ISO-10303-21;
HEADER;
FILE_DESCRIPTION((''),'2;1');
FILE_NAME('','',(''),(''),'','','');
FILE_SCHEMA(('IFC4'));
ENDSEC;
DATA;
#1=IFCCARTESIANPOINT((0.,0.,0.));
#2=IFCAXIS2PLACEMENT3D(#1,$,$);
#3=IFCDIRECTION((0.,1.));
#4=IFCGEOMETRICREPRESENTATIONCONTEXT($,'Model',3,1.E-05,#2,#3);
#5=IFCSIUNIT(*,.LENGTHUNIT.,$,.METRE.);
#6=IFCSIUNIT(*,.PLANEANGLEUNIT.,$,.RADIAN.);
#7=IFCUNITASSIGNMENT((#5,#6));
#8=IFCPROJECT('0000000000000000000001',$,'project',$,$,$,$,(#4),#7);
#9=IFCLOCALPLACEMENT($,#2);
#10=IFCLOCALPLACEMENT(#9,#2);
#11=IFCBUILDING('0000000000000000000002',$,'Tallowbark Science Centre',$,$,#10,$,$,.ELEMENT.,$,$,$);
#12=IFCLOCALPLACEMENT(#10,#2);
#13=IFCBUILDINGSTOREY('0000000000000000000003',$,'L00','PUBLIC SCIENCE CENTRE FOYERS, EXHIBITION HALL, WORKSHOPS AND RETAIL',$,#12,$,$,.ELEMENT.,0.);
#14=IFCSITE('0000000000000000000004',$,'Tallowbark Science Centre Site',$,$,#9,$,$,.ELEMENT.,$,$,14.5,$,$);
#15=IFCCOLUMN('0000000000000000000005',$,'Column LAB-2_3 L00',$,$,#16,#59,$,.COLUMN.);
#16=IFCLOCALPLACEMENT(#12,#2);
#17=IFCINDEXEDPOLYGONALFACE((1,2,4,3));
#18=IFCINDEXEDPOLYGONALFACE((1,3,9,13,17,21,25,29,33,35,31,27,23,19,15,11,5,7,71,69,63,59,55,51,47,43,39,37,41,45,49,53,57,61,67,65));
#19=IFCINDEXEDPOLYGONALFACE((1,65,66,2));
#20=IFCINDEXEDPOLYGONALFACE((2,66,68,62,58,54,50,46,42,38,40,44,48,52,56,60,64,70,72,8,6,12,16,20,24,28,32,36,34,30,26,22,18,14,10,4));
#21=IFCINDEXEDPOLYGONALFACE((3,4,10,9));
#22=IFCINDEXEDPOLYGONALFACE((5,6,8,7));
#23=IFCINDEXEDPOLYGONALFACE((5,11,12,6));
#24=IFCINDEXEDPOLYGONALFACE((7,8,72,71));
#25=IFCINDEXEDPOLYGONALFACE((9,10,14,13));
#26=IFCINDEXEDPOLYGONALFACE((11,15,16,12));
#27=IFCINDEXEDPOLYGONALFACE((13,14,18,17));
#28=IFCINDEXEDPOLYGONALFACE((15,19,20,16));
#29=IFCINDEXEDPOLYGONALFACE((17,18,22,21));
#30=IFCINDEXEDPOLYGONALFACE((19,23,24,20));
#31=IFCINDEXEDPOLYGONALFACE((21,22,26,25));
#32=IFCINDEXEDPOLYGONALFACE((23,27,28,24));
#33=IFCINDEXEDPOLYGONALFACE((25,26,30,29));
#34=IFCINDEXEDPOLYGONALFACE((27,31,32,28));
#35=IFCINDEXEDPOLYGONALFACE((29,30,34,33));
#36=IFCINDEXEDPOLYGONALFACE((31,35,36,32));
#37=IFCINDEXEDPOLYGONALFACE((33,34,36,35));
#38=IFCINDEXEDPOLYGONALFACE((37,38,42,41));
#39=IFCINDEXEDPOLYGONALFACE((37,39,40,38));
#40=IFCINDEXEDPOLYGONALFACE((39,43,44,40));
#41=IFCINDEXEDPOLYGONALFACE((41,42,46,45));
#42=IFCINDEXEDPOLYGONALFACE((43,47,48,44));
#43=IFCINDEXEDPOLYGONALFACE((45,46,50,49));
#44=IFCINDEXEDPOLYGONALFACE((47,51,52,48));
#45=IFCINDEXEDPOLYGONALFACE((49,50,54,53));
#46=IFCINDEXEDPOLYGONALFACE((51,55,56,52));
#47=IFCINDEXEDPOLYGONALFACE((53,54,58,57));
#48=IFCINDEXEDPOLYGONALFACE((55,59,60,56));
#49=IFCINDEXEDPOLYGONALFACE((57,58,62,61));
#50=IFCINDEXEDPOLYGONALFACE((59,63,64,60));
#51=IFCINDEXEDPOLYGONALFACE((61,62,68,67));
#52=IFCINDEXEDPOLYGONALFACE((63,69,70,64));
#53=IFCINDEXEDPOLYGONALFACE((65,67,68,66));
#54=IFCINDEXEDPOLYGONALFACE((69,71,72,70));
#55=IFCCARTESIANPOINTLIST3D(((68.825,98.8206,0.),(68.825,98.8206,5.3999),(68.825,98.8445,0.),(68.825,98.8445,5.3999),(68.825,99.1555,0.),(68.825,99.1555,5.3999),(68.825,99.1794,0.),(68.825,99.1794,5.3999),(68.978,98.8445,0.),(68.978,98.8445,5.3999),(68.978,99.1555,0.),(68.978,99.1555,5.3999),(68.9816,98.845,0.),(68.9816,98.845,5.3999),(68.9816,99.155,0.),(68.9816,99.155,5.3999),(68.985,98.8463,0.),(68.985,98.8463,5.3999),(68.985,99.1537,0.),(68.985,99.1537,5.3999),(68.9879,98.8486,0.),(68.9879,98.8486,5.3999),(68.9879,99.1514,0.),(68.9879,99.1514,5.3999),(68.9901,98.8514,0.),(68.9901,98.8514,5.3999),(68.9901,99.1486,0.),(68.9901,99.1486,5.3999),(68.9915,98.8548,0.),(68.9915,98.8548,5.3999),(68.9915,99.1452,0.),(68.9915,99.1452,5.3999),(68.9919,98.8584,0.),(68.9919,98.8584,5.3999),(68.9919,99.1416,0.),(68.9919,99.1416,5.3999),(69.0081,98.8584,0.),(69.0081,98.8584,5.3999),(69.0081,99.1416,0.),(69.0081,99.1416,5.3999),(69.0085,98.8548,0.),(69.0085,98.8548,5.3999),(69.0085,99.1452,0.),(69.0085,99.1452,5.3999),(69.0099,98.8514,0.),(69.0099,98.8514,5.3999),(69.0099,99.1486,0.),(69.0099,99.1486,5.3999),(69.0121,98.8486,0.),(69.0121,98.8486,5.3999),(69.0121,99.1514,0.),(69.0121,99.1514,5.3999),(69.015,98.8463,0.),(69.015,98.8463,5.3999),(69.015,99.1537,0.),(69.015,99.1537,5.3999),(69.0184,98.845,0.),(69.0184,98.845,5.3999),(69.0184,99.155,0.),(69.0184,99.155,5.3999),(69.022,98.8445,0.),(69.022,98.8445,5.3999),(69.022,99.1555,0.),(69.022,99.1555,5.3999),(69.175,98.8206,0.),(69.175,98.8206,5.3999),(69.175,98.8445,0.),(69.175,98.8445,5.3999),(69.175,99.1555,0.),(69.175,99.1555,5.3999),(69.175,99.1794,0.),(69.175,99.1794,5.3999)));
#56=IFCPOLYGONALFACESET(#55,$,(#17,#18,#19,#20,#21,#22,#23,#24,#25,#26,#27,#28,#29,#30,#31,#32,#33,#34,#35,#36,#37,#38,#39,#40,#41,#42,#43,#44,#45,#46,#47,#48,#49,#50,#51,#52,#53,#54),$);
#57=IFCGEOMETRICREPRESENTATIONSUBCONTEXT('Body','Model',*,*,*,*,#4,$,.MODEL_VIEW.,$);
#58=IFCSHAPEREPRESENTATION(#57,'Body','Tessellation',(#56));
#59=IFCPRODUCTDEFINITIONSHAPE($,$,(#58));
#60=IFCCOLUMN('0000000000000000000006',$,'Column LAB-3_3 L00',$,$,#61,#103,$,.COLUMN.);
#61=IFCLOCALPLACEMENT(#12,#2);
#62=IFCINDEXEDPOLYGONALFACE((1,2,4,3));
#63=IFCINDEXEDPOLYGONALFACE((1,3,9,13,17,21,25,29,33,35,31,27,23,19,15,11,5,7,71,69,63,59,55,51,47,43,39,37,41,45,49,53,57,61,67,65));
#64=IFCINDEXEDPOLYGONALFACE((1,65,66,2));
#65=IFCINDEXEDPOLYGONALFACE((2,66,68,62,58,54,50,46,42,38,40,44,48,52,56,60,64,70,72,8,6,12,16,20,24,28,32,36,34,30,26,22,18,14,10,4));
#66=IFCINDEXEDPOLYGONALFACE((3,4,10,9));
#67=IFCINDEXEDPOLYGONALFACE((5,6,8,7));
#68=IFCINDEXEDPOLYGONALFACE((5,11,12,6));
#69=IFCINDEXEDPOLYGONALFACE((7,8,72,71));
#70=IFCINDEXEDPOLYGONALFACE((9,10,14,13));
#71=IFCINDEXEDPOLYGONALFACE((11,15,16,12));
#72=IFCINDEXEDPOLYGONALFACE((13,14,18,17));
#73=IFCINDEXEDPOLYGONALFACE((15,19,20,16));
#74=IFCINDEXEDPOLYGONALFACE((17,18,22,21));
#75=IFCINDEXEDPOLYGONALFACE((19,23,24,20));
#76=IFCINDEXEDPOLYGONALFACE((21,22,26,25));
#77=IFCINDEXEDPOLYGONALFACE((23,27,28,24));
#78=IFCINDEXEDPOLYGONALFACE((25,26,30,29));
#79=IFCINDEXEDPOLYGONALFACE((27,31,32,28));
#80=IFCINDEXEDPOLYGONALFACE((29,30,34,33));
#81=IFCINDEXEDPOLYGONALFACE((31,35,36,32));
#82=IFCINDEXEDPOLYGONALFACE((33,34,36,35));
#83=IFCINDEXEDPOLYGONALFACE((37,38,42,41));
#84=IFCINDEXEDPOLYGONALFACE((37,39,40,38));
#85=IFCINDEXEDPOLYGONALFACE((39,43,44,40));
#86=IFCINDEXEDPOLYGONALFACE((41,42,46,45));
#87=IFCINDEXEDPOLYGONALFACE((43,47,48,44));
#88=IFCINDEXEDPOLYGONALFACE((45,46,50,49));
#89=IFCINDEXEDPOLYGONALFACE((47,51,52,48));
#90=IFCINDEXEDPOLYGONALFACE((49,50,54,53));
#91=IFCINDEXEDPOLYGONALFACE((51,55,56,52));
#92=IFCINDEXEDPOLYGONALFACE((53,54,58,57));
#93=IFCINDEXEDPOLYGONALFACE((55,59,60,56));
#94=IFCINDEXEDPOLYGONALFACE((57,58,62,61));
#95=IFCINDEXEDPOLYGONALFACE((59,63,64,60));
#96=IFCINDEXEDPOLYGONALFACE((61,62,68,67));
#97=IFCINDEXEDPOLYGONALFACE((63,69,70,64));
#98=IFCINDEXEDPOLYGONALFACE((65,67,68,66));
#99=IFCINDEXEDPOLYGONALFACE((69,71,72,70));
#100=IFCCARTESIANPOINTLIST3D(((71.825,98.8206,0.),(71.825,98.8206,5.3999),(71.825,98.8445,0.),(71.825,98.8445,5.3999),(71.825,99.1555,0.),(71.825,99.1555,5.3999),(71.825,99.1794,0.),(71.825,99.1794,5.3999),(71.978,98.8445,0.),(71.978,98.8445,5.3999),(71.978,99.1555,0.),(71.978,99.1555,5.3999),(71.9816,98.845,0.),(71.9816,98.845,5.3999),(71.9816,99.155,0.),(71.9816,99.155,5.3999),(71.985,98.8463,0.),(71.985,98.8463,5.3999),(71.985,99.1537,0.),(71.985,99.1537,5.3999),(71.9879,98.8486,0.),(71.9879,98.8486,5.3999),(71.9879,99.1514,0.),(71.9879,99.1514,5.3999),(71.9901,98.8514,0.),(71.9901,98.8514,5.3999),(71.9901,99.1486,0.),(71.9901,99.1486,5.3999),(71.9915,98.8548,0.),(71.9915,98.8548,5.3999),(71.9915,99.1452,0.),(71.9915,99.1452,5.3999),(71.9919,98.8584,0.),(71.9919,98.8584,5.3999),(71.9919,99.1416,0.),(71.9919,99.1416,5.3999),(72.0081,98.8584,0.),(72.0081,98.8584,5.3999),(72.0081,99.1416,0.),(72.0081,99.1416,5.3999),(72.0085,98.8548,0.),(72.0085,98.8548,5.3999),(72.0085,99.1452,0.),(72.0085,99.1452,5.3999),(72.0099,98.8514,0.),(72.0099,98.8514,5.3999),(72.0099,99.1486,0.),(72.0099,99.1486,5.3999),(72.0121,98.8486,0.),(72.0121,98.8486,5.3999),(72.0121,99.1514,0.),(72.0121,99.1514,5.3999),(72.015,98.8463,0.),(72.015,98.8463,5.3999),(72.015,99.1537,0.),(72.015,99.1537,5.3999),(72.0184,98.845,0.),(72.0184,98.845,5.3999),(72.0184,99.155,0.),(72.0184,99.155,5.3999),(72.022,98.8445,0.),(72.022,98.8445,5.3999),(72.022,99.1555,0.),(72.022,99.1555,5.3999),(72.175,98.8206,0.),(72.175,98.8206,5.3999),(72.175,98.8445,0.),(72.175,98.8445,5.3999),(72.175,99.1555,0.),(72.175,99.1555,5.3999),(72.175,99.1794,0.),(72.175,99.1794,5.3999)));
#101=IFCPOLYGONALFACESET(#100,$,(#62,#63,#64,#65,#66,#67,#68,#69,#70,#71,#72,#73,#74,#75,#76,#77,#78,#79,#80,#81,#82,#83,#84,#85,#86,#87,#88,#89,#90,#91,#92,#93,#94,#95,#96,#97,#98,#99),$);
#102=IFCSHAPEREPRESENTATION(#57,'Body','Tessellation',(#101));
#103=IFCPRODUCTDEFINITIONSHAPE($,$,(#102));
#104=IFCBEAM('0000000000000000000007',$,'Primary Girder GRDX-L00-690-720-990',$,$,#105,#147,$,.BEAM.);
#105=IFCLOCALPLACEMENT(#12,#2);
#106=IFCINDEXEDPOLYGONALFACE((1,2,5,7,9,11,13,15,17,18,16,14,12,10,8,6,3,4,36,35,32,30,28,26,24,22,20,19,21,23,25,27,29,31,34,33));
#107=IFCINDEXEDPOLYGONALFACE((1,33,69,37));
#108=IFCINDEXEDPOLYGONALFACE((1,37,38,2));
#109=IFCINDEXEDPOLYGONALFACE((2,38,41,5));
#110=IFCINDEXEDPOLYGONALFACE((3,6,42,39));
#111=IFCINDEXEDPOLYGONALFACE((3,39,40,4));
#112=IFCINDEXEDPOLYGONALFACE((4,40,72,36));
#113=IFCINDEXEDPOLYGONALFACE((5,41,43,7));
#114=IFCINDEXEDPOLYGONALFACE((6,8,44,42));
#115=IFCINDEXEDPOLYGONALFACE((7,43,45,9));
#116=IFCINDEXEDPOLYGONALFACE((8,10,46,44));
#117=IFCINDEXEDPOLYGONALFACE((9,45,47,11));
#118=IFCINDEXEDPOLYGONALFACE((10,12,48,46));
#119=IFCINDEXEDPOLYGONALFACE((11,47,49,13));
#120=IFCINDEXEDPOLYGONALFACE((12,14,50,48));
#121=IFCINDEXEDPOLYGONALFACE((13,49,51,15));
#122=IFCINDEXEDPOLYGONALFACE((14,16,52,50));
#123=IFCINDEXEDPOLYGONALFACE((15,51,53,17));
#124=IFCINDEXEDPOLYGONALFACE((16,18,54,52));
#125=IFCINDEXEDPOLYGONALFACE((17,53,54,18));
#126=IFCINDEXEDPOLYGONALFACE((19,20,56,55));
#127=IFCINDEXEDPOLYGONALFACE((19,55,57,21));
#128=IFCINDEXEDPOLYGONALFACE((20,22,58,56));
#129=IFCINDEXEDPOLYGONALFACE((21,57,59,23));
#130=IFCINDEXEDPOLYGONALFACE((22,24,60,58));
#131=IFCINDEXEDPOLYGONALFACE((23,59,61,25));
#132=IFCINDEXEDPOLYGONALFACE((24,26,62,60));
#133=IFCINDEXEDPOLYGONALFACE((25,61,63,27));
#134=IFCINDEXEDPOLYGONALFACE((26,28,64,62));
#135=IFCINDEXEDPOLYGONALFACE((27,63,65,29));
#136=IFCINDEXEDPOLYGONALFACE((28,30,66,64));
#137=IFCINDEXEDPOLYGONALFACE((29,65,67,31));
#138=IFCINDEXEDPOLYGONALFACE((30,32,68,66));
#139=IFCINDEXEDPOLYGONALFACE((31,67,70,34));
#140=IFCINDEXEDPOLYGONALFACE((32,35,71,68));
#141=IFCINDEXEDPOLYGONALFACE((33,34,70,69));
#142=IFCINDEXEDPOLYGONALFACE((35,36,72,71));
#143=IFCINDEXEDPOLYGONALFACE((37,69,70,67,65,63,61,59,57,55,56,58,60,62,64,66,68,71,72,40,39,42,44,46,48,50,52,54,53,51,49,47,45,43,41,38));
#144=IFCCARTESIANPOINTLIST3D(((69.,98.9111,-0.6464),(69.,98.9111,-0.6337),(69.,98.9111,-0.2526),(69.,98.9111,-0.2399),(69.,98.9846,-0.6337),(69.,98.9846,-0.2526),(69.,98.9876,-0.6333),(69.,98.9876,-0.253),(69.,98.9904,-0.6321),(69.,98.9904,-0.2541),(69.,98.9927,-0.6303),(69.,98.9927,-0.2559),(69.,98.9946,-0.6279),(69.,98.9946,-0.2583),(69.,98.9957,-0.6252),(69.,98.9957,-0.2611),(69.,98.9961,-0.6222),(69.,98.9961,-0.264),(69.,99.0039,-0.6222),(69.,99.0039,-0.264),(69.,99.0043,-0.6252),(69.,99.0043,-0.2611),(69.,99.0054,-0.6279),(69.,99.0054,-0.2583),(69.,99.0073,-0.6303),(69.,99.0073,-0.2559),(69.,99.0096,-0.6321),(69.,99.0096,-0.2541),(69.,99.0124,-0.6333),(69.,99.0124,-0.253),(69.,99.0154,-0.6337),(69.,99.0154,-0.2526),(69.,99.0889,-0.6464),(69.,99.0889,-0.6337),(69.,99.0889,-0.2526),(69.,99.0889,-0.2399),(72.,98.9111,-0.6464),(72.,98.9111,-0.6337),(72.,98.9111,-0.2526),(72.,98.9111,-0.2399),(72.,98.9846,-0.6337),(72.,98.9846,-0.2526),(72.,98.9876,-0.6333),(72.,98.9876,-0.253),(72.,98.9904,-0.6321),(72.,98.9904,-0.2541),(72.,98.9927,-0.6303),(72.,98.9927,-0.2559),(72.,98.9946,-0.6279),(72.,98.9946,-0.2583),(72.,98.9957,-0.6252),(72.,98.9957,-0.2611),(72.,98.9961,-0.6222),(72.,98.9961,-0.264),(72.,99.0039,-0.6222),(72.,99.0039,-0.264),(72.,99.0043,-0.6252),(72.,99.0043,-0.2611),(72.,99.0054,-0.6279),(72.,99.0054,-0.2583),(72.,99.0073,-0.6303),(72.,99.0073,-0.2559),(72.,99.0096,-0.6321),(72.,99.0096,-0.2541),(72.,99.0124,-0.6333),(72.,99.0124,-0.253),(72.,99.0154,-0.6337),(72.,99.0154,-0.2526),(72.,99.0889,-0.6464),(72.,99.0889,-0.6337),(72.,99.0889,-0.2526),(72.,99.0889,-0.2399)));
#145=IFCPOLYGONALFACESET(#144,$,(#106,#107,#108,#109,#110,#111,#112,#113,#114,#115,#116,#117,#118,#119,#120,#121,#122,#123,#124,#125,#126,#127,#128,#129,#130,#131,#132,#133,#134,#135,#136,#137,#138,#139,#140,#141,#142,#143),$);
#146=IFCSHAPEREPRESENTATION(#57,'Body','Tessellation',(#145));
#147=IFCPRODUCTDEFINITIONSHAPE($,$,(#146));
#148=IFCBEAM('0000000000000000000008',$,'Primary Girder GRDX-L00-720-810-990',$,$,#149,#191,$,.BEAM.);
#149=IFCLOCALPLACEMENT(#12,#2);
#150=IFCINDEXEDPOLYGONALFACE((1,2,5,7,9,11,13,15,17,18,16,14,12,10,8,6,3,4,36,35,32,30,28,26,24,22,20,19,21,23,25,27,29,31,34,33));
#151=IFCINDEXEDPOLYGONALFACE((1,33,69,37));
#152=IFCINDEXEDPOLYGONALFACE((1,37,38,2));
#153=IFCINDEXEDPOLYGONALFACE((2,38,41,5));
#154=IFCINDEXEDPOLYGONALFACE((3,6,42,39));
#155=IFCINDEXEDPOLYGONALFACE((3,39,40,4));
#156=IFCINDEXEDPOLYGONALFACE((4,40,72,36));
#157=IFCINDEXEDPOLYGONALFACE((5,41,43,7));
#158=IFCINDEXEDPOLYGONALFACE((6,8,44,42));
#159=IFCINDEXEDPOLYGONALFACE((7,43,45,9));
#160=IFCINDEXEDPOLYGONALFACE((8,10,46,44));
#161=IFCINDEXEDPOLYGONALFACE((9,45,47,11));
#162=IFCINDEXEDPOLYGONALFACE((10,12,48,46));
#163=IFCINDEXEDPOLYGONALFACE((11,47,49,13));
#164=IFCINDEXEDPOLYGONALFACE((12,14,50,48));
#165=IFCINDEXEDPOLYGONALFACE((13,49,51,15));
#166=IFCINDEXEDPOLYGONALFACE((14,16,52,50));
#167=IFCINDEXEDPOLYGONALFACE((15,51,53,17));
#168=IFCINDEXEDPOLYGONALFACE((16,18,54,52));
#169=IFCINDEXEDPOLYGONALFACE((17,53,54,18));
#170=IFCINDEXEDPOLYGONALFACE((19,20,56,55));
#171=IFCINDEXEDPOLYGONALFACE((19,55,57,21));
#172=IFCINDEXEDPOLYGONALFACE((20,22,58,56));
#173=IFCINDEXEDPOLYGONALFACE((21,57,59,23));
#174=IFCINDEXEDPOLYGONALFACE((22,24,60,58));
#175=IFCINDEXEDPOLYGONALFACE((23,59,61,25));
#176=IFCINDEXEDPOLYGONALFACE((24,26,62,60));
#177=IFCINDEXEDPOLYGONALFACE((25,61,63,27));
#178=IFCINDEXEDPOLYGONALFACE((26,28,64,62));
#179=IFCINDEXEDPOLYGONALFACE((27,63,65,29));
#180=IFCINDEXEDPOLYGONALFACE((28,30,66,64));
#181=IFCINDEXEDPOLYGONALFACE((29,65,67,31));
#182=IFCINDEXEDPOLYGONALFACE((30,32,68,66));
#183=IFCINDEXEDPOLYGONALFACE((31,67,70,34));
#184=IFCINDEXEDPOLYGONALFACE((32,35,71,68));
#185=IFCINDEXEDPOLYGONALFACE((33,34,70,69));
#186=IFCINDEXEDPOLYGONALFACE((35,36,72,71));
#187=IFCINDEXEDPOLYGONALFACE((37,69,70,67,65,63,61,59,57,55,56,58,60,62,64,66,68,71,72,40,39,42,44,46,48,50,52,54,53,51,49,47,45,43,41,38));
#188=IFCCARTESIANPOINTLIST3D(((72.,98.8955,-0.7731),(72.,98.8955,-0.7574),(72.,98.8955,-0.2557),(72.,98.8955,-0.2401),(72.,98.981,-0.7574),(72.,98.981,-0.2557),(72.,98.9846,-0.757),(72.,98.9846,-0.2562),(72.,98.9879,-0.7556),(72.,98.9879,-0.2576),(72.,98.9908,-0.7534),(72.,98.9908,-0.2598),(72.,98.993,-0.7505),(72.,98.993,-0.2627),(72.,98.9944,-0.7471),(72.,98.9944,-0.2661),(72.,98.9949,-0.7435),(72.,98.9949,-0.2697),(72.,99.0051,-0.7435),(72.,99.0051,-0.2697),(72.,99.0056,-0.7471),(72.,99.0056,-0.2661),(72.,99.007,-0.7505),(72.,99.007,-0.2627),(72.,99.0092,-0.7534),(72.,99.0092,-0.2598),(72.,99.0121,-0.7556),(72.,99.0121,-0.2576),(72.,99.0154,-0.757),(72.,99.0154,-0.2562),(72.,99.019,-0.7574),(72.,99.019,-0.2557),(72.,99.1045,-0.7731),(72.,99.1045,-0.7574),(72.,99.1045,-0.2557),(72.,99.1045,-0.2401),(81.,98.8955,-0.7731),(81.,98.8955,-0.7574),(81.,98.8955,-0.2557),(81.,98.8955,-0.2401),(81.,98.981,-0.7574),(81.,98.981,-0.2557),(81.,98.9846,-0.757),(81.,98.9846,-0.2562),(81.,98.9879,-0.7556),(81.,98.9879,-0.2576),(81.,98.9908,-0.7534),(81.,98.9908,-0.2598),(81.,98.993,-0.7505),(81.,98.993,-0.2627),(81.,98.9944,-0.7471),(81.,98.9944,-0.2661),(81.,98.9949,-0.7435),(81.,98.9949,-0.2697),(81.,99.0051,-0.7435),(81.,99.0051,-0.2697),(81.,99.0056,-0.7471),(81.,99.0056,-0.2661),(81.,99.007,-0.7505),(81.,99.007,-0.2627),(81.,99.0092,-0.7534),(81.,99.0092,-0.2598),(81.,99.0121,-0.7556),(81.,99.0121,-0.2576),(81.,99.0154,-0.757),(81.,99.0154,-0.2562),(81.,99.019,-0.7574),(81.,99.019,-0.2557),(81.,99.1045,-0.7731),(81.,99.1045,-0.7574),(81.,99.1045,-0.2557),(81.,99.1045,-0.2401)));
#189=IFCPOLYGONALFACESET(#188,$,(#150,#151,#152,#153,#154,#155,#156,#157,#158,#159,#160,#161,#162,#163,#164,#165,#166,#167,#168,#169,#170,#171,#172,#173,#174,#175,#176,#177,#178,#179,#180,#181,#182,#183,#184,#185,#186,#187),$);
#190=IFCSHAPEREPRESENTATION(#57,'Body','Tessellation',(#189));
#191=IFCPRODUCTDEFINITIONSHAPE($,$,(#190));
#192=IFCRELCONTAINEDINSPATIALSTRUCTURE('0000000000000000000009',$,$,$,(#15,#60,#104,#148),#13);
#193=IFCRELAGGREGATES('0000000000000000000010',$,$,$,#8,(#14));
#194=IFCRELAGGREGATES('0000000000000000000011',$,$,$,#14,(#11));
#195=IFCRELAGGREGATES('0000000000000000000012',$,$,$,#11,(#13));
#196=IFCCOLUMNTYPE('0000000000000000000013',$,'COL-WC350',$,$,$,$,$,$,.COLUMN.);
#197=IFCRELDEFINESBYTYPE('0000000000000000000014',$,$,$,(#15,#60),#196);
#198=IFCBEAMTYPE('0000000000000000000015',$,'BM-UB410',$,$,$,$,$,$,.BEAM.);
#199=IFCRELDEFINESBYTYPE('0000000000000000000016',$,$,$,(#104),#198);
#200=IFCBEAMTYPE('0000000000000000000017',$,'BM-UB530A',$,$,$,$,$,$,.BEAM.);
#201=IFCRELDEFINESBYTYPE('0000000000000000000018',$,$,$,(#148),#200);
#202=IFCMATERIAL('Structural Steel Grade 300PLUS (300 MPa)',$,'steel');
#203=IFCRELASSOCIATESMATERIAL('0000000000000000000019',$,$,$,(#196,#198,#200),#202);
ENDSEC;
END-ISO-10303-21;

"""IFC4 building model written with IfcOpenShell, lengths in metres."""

from ifc_helpers import new_model, si_unit, direction, frame, origin, origin_2d, place, context, subcontext, project, spatial, i_section, extrude, material, material_profile, profile_set, type_object, element, save


model = new_model("IFC4")

# Units and contexts
model_context = context("Model", 3, precision=1e-05, world=origin(), true_north=direction((0.0, 1.0)))
body_context = subcontext(model_context, "Body", "Model", "MODEL_VIEW")
ifc_project = project(units=[si_unit("LENGTHUNIT", "METRE"), si_unit("PLANEANGLEUNIT", "RADIAN")], contexts=[model_context])

# Site, building, storey
site_placement = place(None, origin())
site = spatial("IfcSite", under=ifc_project, at=site_placement, Name="Tallowbark Science Centre Site", CompositionType="ELEMENT", RefElevation=14.5)
building_placement = place(site_placement, origin())
building = spatial("IfcBuilding", under=site, at=building_placement, Name="Tallowbark Science Centre", CompositionType="ELEMENT")
storey_placement = place(building_placement, origin())
storey = spatial("IfcBuildingStorey", under=building, at=storey_placement, Name="L00", Description="PUBLIC SCIENCE CENTRE FOYERS, EXHIBITION HALL, WORKSHOPS AND RETAIL", CompositionType="ELEMENT", Elevation=0.0)

# Columns
ifc_material_1 = material(Name="Structural Steel Grade 300PLUS (300 MPa)", Category="steel")
ifc_material_profile_1 = material_profile(ifc_material_1, i_section(OverallWidth=0.3501, OverallDepth=0.3589, WebThickness=0.0161, FlangeThickness=0.0239, FilletRadius=0.0139, at=origin_2d()), Name="350WC197")
ifc_profile_set_1 = profile_set([ifc_material_profile_1], Name="Structural Steel Grade 300PLUS (300 MPa)")
column_type = type_object("IfcColumnType", Name="COL-WC350", PredefinedType="COLUMN", material=ifc_profile_set_1)
for number, where, z_axis, x_axis, name in (
    (1, (69.0, 99.0, 0.0), (0.0, 0.0, 1.0), (1.0, 0.0, 0.0), "Column LAB-2_3 L00"),
    (2, (72.0, 99.0, 0.0), (0.0, 0.0, 1.0), (1.0, 0.0, 0.0), "Column LAB-3_3 L00"),
):
    element("IfcColumn", number, at=place(storey_placement, frame(where, z_axis=z_axis, x_axis=x_axis)), inside=storey, type_object=column_type, Name=name, PredefinedType="COLUMN", context=body_context, shape_type="SweptSolid", body=[
        extrude(i_section(OverallWidth=0.3501, OverallDepth=0.3589, WebThickness=0.0161, FlangeThickness=0.0239, FilletRadius=0.0139, at=origin_2d()), origin(), (0.0, 0.0, 1.0), 5.3999),
    ])

# Beams
ifc_material_profile_2 = material_profile(ifc_material_1, i_section(OverallWidth=0.1777, OverallDepth=0.4065, WebThickness=0.0078, FlangeThickness=0.0127, FilletRadius=0.0115, at=origin_2d()), Name="410UB59.7")
ifc_profile_set_2 = profile_set([ifc_material_profile_2], Name="Structural Steel Grade 300PLUS (300 MPa)")
beam_type_1 = type_object("IfcBeamType", Name="BM-UB410", PredefinedType="BEAM", material=ifc_profile_set_2)
beam_1_placement = place(storey_placement, frame((69.0, 99.0, -0.4431), z_axis=(1.0, 0.0, 0.0), x_axis=(0.0, 1.0, 0.0)))
element("IfcBeam", 3, at=beam_1_placement, inside=storey, type_object=beam_type_1, Name="Primary Girder GRDX-L00-690-720-990", PredefinedType="BEAM", context=body_context, shape_type="SweptSolid", body=[
    extrude(i_section(OverallWidth=0.1777, OverallDepth=0.4065, WebThickness=0.0078, FlangeThickness=0.0127, FilletRadius=0.0115, at=origin_2d()), origin(), (0.0, 0.0, 1.0), 3.0),
])
ifc_material_profile_3 = material_profile(ifc_material_1, i_section(OverallWidth=0.209, OverallDepth=0.533, WebThickness=0.0103, FlangeThickness=0.0156, FilletRadius=0.0139, at=origin_2d()), Name="530UB92.4")
ifc_profile_set_3 = profile_set([ifc_material_profile_3], Name="Structural Steel Grade 300PLUS (300 MPa)")
beam_type_2 = type_object("IfcBeamType", Name="BM-UB530A", PredefinedType="BEAM", material=ifc_profile_set_3)
beam_2_placement = place(storey_placement, frame((72.0, 99.0, -0.5066), z_axis=(1.0, 0.0, 0.0), x_axis=(0.0, 1.0, 0.0)))
element("IfcBeam", 4, at=beam_2_placement, inside=storey, type_object=beam_type_2, Name="Primary Girder GRDX-L00-720-810-990", PredefinedType="BEAM", context=body_context, shape_type="SweptSolid", body=[
    extrude(i_section(OverallWidth=0.209, OverallDepth=0.533, WebThickness=0.0103, FlangeThickness=0.0156, FilletRadius=0.0139, at=origin_2d()), origin(), (0.0, 0.0, 1.0), 9.0),
])

save(model, "model.ifc")
